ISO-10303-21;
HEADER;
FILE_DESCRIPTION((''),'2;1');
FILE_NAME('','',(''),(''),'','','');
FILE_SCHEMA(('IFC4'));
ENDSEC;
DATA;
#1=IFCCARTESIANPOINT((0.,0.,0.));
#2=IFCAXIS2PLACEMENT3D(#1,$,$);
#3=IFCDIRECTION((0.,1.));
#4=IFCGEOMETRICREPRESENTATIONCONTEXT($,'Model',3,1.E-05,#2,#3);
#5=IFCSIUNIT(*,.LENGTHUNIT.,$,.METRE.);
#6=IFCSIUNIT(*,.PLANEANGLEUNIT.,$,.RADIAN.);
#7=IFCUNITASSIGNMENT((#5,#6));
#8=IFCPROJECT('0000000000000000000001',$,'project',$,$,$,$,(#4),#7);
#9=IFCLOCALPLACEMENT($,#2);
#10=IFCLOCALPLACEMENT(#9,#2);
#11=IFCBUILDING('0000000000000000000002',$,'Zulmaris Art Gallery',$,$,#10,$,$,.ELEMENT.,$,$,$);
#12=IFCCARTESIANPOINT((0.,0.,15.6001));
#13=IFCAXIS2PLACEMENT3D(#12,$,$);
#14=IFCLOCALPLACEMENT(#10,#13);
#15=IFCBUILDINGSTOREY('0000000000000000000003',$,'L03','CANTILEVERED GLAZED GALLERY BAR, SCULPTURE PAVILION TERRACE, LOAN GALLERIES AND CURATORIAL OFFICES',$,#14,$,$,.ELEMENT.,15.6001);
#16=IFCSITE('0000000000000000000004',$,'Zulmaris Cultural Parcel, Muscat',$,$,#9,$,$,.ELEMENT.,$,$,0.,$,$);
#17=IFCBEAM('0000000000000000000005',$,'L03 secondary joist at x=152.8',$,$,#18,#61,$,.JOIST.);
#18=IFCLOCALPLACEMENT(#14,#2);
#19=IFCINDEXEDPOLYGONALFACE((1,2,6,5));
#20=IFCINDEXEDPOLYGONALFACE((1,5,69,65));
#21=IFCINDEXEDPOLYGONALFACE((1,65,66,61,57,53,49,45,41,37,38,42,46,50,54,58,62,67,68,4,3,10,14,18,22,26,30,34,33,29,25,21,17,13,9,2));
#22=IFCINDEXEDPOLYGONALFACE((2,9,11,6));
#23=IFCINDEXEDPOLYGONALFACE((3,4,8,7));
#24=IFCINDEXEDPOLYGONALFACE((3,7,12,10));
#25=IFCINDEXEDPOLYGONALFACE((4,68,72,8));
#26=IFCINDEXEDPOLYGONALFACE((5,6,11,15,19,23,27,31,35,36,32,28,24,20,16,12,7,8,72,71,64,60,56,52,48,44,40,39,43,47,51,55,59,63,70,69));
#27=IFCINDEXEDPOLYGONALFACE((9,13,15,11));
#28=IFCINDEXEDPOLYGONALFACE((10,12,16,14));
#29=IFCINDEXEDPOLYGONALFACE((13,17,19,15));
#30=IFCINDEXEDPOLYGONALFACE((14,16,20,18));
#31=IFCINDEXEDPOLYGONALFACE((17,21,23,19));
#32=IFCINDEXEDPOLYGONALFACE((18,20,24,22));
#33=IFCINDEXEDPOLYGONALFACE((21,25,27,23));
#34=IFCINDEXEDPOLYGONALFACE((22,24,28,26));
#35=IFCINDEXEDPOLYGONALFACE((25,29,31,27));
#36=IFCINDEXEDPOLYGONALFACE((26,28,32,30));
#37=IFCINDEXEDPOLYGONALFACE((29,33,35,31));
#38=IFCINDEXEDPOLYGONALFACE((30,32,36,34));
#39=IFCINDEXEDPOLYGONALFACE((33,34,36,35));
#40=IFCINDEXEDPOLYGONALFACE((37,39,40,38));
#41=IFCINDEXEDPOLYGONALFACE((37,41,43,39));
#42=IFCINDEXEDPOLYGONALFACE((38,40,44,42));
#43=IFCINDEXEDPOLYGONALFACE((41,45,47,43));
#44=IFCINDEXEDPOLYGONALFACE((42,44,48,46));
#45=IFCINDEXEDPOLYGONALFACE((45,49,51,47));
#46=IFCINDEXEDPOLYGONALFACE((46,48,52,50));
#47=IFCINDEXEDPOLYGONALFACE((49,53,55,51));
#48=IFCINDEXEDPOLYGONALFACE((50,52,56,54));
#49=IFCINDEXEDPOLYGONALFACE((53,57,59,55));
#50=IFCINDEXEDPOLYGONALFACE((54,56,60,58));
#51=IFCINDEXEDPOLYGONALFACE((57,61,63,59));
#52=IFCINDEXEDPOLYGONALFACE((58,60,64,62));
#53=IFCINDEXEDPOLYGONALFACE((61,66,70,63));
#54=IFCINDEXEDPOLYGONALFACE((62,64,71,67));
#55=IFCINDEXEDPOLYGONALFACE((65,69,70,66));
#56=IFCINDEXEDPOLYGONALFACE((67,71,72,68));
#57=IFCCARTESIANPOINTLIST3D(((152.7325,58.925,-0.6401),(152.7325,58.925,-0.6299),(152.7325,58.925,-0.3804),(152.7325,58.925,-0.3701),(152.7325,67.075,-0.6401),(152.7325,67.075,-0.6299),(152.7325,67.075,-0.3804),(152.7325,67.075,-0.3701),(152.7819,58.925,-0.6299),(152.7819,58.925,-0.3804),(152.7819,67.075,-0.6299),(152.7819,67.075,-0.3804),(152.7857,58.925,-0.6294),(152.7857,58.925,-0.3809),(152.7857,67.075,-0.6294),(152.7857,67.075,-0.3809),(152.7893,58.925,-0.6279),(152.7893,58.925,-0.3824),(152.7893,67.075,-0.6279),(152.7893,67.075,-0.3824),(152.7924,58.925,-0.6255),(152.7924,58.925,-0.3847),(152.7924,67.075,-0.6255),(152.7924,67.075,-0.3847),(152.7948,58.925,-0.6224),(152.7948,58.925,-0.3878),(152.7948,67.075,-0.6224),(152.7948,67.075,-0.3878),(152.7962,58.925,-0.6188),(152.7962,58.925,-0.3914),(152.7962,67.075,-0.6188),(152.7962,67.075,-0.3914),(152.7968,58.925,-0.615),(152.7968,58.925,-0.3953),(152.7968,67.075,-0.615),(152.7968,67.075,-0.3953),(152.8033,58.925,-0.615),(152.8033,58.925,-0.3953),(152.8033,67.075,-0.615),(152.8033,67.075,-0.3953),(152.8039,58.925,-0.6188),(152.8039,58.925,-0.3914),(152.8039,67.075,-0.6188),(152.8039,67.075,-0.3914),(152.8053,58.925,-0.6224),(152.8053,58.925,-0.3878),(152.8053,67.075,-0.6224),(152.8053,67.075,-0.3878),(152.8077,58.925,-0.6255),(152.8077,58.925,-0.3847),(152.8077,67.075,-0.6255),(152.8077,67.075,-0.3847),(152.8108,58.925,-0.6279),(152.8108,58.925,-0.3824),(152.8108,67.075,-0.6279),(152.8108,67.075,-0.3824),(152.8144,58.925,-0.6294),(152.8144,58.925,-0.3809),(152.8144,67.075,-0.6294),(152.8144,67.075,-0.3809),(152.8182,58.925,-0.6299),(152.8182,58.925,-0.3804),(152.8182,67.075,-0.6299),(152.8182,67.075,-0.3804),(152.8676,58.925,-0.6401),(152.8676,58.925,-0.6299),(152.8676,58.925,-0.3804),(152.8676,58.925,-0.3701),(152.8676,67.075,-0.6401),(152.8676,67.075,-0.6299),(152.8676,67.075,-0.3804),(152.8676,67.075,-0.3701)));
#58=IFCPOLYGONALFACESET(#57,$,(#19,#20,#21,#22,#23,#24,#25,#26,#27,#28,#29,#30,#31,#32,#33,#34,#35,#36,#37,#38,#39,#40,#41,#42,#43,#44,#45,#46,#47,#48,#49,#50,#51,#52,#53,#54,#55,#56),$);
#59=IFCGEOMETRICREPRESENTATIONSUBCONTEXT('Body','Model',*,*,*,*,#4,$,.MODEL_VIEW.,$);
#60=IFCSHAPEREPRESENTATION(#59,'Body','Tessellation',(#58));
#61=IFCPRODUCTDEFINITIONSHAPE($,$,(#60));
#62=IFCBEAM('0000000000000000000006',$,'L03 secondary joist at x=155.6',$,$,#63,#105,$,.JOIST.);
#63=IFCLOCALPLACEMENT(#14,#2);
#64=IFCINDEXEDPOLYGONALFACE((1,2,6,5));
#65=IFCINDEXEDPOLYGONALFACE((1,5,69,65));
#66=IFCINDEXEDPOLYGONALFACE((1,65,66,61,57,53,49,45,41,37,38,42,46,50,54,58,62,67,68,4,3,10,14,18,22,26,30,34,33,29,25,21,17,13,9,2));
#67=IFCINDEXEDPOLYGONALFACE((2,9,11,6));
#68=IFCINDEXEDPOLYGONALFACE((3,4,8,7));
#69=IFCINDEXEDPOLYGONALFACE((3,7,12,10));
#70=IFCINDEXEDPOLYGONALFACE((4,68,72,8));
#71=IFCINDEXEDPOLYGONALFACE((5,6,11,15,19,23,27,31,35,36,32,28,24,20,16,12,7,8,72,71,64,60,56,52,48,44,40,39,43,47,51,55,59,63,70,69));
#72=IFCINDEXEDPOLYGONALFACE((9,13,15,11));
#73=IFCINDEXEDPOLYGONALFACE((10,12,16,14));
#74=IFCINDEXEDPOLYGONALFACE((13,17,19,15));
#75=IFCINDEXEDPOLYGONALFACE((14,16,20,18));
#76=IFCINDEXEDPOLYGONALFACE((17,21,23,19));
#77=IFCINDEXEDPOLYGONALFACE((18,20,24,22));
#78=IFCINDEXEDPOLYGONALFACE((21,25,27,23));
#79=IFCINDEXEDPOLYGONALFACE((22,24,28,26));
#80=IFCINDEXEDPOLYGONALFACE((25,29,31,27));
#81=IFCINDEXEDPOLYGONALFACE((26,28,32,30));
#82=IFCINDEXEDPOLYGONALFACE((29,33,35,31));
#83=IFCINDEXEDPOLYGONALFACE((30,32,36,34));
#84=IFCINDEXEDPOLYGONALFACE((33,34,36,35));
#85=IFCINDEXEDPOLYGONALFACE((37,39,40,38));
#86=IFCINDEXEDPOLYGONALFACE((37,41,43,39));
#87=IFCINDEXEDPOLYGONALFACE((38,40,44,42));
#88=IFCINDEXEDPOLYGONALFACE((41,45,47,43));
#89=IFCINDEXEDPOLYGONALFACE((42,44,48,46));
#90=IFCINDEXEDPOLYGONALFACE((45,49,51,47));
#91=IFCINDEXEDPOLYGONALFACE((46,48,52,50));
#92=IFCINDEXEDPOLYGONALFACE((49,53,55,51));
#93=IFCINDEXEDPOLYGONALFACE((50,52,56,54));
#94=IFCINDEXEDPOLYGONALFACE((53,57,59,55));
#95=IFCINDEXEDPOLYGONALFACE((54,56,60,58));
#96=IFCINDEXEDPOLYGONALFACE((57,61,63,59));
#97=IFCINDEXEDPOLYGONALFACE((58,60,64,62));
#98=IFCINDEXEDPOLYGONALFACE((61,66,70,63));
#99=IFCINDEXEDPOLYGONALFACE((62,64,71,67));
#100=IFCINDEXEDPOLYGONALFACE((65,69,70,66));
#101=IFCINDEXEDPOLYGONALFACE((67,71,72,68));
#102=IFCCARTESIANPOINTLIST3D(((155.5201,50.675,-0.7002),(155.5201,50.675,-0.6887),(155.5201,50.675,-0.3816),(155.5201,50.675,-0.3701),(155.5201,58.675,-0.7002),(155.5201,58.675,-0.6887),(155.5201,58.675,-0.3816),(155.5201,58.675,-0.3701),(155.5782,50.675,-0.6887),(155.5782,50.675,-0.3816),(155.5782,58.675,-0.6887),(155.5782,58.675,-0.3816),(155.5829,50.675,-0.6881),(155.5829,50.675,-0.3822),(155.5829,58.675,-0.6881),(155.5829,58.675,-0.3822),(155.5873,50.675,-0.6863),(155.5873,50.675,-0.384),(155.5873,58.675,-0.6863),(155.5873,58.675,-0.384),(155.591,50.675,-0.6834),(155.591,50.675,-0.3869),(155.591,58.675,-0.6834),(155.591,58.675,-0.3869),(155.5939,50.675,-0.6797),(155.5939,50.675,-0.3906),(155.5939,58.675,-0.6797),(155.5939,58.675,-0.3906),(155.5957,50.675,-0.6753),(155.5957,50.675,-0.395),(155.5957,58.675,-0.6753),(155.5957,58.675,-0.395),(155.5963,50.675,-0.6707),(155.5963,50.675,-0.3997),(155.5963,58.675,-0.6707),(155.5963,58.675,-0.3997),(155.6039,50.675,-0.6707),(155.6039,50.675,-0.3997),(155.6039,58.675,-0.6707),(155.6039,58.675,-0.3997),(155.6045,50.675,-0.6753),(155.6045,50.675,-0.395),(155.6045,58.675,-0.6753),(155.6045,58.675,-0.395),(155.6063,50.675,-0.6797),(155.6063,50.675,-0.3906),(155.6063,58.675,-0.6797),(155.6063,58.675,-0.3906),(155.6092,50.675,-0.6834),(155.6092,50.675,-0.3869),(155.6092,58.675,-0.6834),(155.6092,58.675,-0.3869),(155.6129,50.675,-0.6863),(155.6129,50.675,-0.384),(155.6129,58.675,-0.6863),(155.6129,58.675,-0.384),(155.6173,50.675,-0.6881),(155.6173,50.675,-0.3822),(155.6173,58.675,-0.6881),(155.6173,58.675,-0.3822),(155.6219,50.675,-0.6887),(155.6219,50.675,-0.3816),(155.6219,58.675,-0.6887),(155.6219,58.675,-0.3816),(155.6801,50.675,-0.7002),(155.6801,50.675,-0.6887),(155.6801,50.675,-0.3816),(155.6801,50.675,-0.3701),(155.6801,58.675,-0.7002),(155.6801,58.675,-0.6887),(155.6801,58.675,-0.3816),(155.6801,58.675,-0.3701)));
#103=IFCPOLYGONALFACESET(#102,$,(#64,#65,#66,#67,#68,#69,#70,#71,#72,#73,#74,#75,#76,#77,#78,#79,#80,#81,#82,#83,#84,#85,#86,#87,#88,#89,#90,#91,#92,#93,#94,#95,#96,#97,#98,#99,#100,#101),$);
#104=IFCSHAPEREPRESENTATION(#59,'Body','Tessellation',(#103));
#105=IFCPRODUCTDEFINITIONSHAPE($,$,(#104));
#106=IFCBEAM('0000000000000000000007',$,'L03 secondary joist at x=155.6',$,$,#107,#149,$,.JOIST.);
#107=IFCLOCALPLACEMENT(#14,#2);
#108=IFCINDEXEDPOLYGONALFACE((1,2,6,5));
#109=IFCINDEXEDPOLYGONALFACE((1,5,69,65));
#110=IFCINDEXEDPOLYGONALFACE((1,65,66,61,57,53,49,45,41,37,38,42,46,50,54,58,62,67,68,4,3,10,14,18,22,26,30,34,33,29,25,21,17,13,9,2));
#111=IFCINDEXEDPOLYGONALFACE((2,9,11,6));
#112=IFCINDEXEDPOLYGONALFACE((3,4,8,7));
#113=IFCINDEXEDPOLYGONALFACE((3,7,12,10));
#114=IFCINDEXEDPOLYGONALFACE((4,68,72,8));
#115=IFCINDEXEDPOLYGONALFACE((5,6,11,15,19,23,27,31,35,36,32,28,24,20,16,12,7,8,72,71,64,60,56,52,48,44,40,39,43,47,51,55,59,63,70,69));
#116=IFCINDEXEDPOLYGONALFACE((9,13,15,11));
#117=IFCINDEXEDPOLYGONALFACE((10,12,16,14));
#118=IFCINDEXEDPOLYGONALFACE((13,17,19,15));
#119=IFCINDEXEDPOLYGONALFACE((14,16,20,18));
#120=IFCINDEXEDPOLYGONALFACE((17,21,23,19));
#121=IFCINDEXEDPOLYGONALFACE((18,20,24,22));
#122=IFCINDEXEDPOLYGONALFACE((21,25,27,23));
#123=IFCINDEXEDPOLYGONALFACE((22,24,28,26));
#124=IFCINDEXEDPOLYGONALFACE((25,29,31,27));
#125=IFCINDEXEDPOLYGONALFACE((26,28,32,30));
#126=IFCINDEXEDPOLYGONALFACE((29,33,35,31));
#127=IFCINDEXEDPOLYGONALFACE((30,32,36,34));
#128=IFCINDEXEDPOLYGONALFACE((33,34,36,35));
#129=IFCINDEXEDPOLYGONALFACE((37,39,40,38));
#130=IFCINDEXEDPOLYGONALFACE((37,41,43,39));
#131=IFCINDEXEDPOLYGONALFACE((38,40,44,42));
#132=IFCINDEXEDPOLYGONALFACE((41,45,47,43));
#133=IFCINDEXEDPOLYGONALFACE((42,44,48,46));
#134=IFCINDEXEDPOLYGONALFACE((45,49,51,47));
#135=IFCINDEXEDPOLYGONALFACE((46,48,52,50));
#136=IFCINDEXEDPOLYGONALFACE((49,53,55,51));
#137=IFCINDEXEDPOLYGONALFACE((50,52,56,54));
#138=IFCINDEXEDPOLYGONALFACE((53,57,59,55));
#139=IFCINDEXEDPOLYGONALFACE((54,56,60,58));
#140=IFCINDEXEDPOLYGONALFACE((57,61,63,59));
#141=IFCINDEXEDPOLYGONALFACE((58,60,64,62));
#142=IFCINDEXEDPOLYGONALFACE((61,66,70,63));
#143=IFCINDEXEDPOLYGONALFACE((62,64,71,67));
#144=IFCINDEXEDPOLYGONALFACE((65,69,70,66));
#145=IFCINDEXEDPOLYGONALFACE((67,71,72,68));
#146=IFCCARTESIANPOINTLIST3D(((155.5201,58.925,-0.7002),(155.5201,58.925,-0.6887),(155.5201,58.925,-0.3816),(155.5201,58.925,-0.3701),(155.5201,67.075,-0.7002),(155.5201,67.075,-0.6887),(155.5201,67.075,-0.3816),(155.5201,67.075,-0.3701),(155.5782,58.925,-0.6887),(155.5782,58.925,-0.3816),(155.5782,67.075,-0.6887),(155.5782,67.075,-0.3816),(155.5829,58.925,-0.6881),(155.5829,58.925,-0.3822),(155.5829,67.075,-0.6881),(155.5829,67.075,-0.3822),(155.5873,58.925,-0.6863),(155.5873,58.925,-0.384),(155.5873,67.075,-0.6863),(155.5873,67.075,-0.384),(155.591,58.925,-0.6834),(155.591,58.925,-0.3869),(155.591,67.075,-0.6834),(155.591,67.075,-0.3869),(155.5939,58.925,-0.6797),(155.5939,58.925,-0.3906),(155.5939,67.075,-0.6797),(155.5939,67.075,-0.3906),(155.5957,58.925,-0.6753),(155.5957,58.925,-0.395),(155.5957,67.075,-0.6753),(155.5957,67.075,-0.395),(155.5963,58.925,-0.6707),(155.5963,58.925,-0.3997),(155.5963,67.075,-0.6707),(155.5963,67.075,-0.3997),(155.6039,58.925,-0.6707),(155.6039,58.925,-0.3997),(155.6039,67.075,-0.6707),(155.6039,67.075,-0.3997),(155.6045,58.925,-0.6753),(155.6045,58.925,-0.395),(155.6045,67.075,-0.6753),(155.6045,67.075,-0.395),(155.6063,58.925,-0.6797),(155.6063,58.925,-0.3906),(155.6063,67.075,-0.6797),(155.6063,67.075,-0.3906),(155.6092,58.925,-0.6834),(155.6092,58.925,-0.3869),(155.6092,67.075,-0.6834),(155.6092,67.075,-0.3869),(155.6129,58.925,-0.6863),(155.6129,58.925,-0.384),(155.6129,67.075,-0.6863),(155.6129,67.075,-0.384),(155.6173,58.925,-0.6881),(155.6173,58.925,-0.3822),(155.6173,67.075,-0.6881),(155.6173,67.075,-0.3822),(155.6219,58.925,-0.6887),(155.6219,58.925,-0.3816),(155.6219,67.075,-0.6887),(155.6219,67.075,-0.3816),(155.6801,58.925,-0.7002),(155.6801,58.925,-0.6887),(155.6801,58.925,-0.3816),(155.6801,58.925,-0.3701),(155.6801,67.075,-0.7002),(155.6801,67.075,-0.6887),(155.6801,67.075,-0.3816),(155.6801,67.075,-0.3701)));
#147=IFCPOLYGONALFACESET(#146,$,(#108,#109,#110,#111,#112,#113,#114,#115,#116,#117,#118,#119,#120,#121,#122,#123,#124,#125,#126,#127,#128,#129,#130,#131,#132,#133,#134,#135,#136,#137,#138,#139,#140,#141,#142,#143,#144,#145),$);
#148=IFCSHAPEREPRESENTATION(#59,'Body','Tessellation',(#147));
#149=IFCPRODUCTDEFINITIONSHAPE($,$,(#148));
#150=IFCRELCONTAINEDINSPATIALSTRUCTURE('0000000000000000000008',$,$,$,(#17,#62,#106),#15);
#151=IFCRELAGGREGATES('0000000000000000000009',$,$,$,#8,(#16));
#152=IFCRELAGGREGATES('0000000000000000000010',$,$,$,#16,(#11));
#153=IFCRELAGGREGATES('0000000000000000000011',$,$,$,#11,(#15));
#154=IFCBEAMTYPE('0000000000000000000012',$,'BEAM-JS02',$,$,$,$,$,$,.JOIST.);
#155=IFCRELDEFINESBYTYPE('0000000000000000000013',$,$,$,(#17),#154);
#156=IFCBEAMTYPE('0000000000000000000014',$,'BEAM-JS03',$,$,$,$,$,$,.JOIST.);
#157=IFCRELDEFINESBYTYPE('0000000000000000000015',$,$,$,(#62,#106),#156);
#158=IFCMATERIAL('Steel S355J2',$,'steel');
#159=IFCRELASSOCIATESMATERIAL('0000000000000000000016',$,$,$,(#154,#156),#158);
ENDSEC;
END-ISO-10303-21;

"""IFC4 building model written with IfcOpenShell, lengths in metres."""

from ifc_helpers import new_model, si_unit, direction, frame, origin, origin_2d, place, context, subcontext, project, spatial, i_section, extrude, material, material_profile, profile_set, type_object, element, save


model = new_model("IFC4")

# Units and contexts
model_context = context("Model", 3, precision=1e-05, world=origin(), true_north=direction((0.0, 1.0)))
body_context = subcontext(model_context, "Body", "Model", "MODEL_VIEW")
ifc_project = project(units=[si_unit("LENGTHUNIT", "METRE"), si_unit("PLANEANGLEUNIT", "RADIAN")], contexts=[model_context])

# Site, building, storey
site_placement = place(None, origin())
site = spatial("IfcSite", under=ifc_project, at=site_placement, Name="Zulmaris Cultural Parcel, Muscat", CompositionType="ELEMENT", RefElevation=0.0)
building_placement = place(site_placement, origin())
building = spatial("IfcBuilding", under=site, at=building_placement, Name="Zulmaris Art Gallery", CompositionType="ELEMENT")
storey_placement = place(building_placement, frame((0.0, 0.0, 15.6001)))
storey = spatial("IfcBuildingStorey", under=building, at=storey_placement, Name="L03", Description="CANTILEVERED GLAZED GALLERY BAR, SCULPTURE PAVILION TERRACE, LOAN GALLERIES AND CURATORIAL OFFICES", CompositionType="ELEMENT", Elevation=15.6001)

# Beams
ifc_material_1 = material(Name="Steel S355J2", Category="steel")
ifc_material_profile_1 = material_profile(ifc_material_1, i_section(OverallWidth=0.135, OverallDepth=0.27, WebThickness=0.0066, FlangeThickness=0.0103, FilletRadius=0.0149, at=origin_2d()), Name="IPE 270")
ifc_profile_set_1 = profile_set([ifc_material_profile_1], Name="Steel S355J2")
beam_type_1 = type_object("IfcBeamType", Name="BEAM-JS02", PredefinedType="JOIST", material=ifc_profile_set_1)
beam_1_placement = place(storey_placement, frame((152.8, 58.925, -0.5051), z_axis=(0.0, 1.0, 0.0), x_axis=(-1.0, 0.0, 0.0)))
element("IfcBeam", 1, at=beam_1_placement, inside=storey, type_object=beam_type_1, Name="L03 secondary joist at x=152.8", PredefinedType="JOIST", context=body_context, shape_type="SweptSolid", body=[
    extrude(i_section(OverallWidth=0.135, OverallDepth=0.27, WebThickness=0.0066, FlangeThickness=0.0103, FilletRadius=0.0149, at=origin_2d()), origin(), (0.0, 0.0, 1.0), 8.1499),
])
ifc_material_profile_2 = material_profile(ifc_material_1, i_section(OverallWidth=0.1599, OverallDepth=0.3301, WebThickness=0.0076, FlangeThickness=0.0115, FilletRadius=0.0181, at=origin_2d()), Name="IPE 330")
ifc_profile_set_2 = profile_set([ifc_material_profile_2], Name="Steel S355J2")
beam_type_2 = type_object("IfcBeamType", Name="BEAM-JS03", PredefinedType="JOIST", material=ifc_profile_set_2)
beam_2_placement = place(storey_placement, frame((155.6001, 50.675, -0.5352), z_axis=(0.0, 1.0, 0.0), x_axis=(-1.0, 0.0, 0.0)))
element("IfcBeam", 2, at=beam_2_placement, inside=storey, type_object=beam_type_2, Name="L03 secondary joist at x=155.6", PredefinedType="JOIST", context=body_context, shape_type="SweptSolid", body=[
    extrude(i_section(OverallWidth=0.1599, OverallDepth=0.3301, WebThickness=0.0076, FlangeThickness=0.0115, FilletRadius=0.0181, at=origin_2d()), origin(), (0.0, 0.0, 1.0), 8.0),
])
beam_3_placement = place(storey_placement, frame((155.6001, 58.925, -0.5352), z_axis=(0.0, 1.0, 0.0), x_axis=(-1.0, 0.0, 0.0)))
element("IfcBeam", 3, at=beam_3_placement, inside=storey, type_object=beam_type_2, Name="L03 secondary joist at x=155.6", PredefinedType="JOIST", context=body_context, shape_type="SweptSolid", body=[
    extrude(i_section(OverallWidth=0.1599, OverallDepth=0.3301, WebThickness=0.0076, FlangeThickness=0.0115, FilletRadius=0.0181, at=origin_2d()), origin(), (0.0, 0.0, 1.0), 8.1499),
])

save(model, "model.ifc")
